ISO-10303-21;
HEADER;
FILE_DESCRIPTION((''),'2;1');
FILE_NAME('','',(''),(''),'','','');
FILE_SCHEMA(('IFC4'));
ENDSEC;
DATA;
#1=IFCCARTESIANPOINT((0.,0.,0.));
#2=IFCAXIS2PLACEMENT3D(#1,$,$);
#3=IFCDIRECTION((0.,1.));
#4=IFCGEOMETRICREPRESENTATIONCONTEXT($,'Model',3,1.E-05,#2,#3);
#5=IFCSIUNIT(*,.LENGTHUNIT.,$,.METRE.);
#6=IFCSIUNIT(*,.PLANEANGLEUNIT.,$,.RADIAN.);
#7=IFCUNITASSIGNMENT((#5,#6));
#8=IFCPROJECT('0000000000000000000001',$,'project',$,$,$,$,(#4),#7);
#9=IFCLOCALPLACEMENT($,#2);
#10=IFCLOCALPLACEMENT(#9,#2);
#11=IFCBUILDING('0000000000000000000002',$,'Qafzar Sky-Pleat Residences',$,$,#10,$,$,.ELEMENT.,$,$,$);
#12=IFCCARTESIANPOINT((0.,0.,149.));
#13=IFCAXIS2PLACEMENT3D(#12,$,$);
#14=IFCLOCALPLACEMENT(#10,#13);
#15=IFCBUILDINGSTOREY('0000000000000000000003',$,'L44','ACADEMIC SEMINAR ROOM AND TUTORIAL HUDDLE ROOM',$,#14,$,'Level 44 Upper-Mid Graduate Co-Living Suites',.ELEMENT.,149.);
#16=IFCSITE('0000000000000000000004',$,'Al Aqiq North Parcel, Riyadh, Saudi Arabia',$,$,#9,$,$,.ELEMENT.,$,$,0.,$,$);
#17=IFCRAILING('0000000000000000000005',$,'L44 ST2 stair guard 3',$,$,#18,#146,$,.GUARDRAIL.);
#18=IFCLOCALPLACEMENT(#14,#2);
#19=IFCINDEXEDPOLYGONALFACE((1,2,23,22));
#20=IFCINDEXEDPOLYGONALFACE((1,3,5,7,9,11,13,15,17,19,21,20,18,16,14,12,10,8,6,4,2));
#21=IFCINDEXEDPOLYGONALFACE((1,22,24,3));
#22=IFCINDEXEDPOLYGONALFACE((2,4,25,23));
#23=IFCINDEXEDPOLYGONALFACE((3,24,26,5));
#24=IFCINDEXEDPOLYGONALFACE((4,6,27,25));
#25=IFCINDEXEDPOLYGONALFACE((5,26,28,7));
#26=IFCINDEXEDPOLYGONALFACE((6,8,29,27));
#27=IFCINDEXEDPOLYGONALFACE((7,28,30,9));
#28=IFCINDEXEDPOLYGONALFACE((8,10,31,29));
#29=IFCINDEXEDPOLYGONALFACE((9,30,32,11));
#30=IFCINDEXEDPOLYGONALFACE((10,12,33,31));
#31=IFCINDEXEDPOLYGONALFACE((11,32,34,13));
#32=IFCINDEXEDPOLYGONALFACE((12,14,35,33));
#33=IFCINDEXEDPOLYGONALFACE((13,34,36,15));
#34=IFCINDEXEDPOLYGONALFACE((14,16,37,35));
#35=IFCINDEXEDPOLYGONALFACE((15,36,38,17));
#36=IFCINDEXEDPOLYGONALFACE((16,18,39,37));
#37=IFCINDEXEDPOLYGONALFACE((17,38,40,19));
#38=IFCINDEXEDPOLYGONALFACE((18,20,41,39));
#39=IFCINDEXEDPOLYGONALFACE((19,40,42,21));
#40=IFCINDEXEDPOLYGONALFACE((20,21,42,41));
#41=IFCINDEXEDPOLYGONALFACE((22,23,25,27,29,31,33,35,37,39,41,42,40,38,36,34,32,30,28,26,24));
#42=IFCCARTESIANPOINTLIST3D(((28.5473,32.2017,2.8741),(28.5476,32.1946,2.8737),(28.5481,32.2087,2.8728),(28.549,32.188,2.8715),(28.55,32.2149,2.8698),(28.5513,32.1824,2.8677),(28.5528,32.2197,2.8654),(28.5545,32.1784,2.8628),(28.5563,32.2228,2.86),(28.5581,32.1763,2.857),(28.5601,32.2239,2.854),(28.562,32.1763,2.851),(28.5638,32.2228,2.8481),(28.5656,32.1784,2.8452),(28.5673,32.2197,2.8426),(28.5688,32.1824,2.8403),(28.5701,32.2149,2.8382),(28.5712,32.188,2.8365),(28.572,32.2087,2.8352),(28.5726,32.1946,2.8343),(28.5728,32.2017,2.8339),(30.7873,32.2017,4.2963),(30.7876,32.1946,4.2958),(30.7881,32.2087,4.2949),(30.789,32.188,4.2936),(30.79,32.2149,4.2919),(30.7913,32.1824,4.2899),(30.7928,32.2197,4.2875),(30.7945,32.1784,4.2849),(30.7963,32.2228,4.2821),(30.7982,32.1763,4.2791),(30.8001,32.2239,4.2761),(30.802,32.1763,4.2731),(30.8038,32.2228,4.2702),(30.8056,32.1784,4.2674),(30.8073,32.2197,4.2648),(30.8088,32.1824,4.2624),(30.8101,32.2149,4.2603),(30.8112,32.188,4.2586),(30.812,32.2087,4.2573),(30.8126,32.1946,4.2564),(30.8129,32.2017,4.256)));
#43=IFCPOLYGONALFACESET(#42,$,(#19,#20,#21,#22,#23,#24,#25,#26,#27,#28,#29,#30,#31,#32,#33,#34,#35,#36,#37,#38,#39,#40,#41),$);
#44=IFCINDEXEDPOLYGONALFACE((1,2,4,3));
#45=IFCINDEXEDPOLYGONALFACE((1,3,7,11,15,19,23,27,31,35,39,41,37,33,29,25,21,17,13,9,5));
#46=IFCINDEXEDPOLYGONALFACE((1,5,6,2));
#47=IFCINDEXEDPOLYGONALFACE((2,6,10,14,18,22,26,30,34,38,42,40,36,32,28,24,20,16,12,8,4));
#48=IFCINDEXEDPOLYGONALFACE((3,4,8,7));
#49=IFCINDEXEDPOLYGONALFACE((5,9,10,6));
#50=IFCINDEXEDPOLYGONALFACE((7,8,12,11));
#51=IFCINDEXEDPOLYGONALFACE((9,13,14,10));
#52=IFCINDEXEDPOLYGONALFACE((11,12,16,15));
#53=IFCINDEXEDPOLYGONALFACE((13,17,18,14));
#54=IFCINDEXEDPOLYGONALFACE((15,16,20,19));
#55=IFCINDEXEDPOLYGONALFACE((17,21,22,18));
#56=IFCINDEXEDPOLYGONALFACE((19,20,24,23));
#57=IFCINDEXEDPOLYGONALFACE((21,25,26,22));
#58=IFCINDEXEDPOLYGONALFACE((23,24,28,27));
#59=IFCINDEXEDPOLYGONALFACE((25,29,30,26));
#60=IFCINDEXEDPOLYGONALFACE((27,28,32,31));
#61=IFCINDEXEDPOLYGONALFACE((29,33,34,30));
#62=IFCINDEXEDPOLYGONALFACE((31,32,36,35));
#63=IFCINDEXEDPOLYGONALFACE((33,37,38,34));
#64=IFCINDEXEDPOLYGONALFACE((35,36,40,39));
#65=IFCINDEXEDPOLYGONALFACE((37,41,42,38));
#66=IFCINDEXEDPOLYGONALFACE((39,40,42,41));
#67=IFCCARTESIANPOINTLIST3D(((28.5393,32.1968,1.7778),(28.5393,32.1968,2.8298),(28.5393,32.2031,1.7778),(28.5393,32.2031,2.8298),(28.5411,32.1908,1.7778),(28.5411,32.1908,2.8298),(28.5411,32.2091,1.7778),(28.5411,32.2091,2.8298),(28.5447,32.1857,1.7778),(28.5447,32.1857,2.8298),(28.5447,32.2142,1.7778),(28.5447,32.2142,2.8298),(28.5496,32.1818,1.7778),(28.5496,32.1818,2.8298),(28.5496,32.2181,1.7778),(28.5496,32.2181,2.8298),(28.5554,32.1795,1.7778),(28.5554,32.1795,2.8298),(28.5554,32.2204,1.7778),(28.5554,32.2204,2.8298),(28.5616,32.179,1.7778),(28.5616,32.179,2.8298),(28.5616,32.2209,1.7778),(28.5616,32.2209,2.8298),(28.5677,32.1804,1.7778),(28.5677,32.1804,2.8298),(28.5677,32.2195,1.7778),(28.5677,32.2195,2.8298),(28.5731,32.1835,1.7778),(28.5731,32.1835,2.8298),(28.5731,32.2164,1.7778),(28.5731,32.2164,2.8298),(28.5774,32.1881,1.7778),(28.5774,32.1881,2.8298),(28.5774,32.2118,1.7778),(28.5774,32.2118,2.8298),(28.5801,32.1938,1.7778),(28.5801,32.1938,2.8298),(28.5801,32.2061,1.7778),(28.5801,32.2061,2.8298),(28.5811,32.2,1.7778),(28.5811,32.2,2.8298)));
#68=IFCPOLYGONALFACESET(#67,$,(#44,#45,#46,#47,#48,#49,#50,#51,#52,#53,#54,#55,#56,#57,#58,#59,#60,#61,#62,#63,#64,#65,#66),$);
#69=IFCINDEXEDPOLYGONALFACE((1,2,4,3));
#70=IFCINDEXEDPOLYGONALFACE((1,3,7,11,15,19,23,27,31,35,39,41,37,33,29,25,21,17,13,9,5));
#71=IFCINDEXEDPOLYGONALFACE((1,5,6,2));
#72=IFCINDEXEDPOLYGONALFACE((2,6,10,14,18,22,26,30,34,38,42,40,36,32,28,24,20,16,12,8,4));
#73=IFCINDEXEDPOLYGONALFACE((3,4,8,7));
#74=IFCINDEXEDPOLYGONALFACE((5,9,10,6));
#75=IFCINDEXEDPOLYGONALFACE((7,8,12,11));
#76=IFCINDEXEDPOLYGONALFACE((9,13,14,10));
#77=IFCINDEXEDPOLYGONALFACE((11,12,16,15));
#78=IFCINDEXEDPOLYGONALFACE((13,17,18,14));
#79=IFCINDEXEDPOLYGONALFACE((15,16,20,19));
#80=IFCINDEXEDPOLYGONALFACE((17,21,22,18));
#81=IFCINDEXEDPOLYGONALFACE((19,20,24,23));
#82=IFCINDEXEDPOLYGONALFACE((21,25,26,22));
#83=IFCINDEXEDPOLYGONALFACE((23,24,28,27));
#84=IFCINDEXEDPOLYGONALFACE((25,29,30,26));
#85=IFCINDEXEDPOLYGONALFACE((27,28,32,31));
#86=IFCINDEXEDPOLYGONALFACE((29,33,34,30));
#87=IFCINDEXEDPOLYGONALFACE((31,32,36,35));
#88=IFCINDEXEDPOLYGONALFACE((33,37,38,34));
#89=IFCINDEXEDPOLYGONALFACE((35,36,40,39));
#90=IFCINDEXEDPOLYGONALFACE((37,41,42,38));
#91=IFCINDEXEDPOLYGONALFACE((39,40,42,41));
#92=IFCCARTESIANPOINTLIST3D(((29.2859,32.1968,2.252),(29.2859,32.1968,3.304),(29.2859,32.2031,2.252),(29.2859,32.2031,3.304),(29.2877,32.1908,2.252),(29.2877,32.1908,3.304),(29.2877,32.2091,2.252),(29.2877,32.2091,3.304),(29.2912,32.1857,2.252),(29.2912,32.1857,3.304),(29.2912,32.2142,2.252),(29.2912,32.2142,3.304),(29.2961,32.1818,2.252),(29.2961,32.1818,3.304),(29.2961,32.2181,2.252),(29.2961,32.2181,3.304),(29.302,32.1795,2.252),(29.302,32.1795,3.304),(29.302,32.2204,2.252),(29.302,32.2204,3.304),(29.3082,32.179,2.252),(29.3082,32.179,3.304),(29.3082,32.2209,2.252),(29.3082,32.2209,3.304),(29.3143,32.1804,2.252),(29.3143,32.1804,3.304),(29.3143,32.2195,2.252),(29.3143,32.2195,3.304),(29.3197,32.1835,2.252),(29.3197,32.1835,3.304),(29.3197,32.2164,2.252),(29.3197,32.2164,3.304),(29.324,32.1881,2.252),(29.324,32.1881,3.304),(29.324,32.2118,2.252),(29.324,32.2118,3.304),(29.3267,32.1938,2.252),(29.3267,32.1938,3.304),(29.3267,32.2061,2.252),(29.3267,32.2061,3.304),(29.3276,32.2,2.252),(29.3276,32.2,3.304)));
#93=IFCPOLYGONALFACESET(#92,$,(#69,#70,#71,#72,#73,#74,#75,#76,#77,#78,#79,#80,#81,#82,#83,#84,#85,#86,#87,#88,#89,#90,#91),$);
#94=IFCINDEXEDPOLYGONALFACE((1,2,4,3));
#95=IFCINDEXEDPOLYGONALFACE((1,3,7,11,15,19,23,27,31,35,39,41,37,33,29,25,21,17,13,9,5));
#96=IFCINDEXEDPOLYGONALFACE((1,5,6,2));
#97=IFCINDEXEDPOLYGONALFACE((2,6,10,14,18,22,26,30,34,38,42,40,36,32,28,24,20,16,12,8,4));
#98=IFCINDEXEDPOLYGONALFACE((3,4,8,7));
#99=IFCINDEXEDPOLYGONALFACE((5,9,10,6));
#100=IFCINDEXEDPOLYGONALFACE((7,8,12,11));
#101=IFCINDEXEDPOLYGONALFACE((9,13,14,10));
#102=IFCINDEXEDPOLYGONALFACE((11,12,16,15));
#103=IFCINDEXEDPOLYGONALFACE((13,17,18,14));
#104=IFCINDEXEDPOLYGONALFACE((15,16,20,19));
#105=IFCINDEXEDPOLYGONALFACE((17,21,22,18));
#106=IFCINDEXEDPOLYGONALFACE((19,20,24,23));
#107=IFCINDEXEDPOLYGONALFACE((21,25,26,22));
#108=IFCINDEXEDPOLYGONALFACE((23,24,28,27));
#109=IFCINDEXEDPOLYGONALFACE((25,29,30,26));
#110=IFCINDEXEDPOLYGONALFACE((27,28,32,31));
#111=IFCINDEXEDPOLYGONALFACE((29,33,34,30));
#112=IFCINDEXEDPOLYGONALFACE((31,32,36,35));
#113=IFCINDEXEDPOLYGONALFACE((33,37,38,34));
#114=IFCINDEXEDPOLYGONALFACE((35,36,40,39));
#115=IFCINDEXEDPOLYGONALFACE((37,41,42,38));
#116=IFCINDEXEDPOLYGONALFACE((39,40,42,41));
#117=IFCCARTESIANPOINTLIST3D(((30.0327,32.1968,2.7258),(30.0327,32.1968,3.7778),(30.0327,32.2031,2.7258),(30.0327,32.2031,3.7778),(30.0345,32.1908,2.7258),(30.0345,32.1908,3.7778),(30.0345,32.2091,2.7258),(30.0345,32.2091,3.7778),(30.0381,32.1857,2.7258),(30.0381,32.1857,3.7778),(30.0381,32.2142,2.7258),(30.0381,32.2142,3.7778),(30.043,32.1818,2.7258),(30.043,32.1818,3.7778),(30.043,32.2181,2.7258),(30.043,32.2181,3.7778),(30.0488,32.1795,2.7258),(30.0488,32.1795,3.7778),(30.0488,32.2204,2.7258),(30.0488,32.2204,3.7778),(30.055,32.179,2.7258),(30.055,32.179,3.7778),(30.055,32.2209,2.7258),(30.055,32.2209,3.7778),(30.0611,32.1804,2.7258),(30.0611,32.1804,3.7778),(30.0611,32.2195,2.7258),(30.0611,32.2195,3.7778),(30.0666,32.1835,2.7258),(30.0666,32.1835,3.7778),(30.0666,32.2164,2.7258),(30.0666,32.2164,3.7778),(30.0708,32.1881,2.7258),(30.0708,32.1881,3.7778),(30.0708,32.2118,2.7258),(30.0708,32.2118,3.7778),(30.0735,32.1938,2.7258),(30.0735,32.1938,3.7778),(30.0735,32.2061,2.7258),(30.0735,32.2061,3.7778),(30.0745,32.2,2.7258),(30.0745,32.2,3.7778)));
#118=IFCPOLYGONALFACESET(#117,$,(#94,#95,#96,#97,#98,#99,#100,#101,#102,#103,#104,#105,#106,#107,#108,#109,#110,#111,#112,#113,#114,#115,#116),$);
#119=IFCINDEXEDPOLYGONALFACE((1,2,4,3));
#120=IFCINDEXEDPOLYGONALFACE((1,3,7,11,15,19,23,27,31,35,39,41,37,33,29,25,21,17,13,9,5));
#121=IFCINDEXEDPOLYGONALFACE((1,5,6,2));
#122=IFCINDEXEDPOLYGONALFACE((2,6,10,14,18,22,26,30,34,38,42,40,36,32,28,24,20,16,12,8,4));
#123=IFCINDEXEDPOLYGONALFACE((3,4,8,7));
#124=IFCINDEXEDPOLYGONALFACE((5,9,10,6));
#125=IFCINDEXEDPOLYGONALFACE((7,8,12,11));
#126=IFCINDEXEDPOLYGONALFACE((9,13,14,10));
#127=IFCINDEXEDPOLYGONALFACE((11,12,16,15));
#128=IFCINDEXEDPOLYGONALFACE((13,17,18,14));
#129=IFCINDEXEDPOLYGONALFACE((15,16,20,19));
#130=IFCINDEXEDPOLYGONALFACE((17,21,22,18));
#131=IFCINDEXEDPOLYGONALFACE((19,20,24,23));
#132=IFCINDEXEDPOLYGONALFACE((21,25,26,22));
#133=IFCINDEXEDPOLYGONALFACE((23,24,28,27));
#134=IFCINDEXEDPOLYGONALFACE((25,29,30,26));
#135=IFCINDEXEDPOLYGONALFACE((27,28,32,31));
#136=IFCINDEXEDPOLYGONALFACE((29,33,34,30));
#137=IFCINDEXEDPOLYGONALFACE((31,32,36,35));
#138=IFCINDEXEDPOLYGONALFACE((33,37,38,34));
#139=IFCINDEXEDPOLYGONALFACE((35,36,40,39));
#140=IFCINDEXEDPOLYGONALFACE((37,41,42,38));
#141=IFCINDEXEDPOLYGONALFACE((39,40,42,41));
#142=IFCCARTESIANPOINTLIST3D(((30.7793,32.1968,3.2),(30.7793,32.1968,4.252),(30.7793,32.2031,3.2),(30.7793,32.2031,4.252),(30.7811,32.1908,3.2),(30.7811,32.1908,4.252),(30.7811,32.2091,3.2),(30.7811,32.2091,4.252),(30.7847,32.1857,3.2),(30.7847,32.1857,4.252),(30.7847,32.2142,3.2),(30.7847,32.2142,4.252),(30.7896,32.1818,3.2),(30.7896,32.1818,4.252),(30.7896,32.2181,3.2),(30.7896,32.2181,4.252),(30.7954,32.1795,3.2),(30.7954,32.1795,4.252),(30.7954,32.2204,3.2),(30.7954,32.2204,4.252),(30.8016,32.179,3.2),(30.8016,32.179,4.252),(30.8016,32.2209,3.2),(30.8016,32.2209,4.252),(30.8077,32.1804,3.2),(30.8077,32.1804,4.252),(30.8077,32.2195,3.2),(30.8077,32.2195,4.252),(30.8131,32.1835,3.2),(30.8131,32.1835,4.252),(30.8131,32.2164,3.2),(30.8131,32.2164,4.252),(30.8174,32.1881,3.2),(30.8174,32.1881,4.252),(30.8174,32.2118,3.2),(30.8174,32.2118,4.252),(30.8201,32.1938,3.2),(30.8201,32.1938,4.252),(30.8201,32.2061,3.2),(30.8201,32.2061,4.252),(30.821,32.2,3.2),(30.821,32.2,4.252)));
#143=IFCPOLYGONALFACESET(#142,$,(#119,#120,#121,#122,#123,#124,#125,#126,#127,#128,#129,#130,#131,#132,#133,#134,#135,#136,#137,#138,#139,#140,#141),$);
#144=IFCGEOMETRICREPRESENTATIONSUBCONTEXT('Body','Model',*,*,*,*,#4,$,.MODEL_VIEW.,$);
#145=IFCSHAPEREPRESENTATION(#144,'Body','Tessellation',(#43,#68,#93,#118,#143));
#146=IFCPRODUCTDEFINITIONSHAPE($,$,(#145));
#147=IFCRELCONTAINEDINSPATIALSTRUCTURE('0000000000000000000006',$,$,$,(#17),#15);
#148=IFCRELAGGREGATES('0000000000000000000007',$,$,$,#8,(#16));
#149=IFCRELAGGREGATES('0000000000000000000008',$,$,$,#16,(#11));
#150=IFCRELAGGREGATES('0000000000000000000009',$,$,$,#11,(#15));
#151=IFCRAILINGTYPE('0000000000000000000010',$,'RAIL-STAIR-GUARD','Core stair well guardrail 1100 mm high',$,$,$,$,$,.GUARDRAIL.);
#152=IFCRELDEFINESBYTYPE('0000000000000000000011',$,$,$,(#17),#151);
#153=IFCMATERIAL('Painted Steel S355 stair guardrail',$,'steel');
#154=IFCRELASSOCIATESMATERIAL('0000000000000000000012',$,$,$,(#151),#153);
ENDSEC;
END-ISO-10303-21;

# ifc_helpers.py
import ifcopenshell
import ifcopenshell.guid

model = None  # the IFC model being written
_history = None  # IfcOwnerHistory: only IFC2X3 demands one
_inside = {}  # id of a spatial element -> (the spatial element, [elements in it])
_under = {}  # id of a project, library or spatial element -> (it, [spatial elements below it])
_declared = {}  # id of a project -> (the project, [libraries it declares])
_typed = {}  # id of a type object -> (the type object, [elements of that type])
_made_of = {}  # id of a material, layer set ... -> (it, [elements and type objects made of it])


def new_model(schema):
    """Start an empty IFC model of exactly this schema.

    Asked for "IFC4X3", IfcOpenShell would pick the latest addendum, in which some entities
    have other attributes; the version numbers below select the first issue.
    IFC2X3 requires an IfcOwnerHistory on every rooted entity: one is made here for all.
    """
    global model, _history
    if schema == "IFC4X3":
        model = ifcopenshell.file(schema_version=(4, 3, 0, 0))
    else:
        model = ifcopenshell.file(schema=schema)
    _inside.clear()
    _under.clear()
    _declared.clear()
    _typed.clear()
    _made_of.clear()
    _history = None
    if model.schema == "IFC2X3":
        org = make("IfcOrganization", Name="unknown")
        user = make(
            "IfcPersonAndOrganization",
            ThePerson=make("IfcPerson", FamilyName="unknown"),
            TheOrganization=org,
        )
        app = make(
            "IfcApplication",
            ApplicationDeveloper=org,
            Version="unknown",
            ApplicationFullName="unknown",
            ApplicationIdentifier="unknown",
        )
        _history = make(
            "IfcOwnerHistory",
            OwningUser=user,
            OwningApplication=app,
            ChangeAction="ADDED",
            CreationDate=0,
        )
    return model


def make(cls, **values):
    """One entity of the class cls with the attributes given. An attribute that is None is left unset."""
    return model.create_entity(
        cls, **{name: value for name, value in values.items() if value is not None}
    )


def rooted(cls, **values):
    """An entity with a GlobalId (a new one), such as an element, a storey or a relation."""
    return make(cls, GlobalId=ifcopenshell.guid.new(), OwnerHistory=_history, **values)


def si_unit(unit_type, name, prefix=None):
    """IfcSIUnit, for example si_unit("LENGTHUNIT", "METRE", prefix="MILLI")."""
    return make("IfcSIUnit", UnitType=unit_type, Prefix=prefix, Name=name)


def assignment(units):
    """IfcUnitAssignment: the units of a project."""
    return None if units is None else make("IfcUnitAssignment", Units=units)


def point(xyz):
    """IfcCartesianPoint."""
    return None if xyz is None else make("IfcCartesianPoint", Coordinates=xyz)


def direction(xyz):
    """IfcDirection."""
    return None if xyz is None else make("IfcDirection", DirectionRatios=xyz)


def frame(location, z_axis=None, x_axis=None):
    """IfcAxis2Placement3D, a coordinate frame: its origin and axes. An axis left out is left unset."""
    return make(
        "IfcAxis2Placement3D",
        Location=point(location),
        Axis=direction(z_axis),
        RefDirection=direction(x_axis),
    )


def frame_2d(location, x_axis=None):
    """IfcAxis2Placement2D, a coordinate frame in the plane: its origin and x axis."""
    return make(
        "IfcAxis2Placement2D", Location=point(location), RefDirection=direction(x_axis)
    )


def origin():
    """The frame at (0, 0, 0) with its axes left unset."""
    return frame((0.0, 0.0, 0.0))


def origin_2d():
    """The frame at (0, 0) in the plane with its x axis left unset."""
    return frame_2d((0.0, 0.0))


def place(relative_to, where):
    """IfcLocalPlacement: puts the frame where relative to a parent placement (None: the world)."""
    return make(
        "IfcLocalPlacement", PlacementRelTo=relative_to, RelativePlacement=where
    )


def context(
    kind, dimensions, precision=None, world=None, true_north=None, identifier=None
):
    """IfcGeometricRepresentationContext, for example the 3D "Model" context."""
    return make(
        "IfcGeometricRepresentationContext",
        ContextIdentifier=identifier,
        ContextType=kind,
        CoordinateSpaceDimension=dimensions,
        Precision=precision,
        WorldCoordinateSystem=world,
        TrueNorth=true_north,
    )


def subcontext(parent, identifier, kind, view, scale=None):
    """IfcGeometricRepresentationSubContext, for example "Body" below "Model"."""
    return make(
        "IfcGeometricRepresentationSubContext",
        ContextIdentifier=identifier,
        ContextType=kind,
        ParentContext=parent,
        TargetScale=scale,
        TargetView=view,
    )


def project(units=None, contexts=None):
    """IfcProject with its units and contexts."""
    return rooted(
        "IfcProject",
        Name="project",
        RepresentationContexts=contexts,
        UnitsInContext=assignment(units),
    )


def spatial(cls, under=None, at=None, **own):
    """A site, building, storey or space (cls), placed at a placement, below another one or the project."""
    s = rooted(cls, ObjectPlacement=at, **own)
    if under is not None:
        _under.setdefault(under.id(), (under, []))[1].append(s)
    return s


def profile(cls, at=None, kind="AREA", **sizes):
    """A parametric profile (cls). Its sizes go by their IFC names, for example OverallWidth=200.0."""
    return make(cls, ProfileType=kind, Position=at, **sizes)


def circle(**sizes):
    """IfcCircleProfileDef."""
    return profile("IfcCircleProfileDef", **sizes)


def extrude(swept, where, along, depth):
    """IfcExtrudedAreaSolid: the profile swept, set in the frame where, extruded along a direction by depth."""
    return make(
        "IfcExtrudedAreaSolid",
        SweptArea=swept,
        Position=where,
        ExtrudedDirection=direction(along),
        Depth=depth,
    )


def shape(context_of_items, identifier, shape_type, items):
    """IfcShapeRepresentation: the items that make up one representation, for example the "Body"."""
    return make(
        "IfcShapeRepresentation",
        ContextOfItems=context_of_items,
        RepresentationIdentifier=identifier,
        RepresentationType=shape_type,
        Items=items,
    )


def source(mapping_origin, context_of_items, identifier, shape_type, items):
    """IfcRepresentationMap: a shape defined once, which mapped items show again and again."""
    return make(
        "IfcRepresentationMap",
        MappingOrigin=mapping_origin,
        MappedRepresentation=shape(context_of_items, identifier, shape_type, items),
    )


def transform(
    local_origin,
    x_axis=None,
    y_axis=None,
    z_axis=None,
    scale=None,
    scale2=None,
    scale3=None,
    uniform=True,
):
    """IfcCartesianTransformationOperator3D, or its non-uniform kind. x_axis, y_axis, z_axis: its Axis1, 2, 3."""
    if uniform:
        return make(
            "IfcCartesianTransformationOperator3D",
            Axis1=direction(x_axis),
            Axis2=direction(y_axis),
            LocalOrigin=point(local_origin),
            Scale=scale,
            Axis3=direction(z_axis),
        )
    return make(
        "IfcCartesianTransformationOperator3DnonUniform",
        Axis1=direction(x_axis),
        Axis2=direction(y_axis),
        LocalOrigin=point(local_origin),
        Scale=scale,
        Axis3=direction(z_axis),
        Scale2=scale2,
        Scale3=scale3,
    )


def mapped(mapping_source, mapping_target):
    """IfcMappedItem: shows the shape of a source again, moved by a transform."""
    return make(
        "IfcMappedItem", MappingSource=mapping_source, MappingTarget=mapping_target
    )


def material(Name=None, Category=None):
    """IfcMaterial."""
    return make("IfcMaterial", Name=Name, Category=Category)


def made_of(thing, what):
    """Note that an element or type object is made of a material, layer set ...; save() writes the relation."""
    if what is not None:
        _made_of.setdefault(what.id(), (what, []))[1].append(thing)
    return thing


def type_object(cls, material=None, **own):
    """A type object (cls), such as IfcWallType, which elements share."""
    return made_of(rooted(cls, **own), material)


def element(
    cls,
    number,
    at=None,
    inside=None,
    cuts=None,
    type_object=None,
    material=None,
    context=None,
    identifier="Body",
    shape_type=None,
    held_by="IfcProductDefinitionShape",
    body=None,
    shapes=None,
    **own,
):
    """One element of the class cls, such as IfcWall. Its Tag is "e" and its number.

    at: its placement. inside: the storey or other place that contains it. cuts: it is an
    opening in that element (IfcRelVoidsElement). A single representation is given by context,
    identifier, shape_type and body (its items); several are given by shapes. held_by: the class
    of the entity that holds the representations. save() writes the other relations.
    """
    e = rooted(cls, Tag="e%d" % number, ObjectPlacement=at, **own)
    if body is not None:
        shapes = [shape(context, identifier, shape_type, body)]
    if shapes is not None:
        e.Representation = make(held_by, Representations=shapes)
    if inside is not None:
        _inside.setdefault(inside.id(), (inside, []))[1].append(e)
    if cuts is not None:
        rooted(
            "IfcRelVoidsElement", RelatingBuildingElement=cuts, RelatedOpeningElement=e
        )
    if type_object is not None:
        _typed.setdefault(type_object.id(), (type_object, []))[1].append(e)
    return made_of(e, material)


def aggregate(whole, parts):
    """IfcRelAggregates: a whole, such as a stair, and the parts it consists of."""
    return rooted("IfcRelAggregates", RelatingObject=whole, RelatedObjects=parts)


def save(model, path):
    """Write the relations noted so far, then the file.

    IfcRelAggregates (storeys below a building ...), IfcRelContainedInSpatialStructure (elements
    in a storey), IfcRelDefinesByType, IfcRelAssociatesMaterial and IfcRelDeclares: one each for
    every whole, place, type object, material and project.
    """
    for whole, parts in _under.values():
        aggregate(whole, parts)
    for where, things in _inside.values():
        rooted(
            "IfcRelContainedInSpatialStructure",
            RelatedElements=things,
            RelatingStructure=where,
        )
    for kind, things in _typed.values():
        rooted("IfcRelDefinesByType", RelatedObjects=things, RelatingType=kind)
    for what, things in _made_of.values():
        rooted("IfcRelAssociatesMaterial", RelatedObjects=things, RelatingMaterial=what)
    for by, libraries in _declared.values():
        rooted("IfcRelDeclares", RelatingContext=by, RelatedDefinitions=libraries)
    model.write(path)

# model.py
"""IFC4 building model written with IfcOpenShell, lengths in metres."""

from ifc_helpers import new_model, si_unit, direction, frame, origin, origin_2d, place, context, subcontext, project, spatial, circle, extrude, source, transform, mapped, material, type_object, element, save


model = new_model("IFC4")

# Units and contexts
model_context = context("Model", 3, precision=1e-05, world=origin(), true_north=direction((0.0, 1.0)))
body_context = subcontext(model_context, "Body", "Model", "MODEL_VIEW")
ifc_project = project(units=[si_unit("LENGTHUNIT", "METRE"), si_unit("PLANEANGLEUNIT", "RADIAN")], contexts=[model_context])

# Site, building, storey
site_placement = place(None, origin())
site = spatial("IfcSite", under=ifc_project, at=site_placement, Name="Al Aqiq North Parcel, Riyadh, Saudi Arabia", CompositionType="ELEMENT", RefElevation=0.0)
building_placement = place(site_placement, origin())
building = spatial("IfcBuilding", under=site, at=building_placement, Name="Qafzar Sky-Pleat Residences", CompositionType="ELEMENT")
storey_placement = place(building_placement, frame((0.0, 0.0, 149.0)))
storey = spatial("IfcBuildingStorey", under=building, at=storey_placement, Name="L44", Description="ACADEMIC SEMINAR ROOM AND TUTORIAL HUDDLE ROOM", LongName="Level 44 Upper-Mid Graduate Co-Living Suites", CompositionType="ELEMENT", Elevation=149.0)

# Railing
ifc_material_1 = material(Name="Painted Steel S355 stair guardrail", Category="steel")
railing_type_1 = type_object("IfcRailingType", Name="RAIL-STAIR-GUARD", Description="Core stair well guardrail 1100 mm high", PredefinedType="GUARDRAIL", material=ifc_material_1)
shared_shape_1 = source(origin(), body_context, "Body", "SweptSolid", [
    extrude(circle(Radius=0.0239, at=origin_2d()), frame((0.0, 0.0, 1.0762), z_axis=(0.844229, 0.0, 0.535982), x_axis=(0.0, 1.0, 0.0)), (0.0, 0.0, 1.0), 2.6533),
    extrude(circle(Radius=0.021, at=origin_2d()), origin(), (0.0, 0.0, 1.0), 1.052),
    extrude(circle(Radius=0.021, at=origin_2d()), frame((0.7466, 0.0, 0.4741)), (0.0, 0.0, 1.0), 1.052),
    extrude(circle(Radius=0.021, at=origin_2d()), frame((1.4934, 0.0, 0.948)), (0.0, 0.0, 1.0), 1.052),
    extrude(circle(Radius=0.021, at=origin_2d()), frame((2.24, 0.0, 1.4221)), (0.0, 0.0, 1.0), 1.052),
])
railing_1_placement = place(storey_placement, frame((28.5601, 32.2, 1.7778)))
element("IfcRailing", 1, at=railing_1_placement, inside=storey, type_object=railing_type_1, Name="L44 ST2 stair guard 3", PredefinedType="GUARDRAIL", context=body_context, shape_type="MappedRepresentation", body=[
    mapped(shared_shape_1, transform((0.0, 0.0, 0.0), x_axis=(1.0, 0.0, 0.0), y_axis=(0.0, 1.0, 0.0), z_axis=(0.0, 0.0, 1.0), scale=1.0)),
])

save(model, "model.ifc")
